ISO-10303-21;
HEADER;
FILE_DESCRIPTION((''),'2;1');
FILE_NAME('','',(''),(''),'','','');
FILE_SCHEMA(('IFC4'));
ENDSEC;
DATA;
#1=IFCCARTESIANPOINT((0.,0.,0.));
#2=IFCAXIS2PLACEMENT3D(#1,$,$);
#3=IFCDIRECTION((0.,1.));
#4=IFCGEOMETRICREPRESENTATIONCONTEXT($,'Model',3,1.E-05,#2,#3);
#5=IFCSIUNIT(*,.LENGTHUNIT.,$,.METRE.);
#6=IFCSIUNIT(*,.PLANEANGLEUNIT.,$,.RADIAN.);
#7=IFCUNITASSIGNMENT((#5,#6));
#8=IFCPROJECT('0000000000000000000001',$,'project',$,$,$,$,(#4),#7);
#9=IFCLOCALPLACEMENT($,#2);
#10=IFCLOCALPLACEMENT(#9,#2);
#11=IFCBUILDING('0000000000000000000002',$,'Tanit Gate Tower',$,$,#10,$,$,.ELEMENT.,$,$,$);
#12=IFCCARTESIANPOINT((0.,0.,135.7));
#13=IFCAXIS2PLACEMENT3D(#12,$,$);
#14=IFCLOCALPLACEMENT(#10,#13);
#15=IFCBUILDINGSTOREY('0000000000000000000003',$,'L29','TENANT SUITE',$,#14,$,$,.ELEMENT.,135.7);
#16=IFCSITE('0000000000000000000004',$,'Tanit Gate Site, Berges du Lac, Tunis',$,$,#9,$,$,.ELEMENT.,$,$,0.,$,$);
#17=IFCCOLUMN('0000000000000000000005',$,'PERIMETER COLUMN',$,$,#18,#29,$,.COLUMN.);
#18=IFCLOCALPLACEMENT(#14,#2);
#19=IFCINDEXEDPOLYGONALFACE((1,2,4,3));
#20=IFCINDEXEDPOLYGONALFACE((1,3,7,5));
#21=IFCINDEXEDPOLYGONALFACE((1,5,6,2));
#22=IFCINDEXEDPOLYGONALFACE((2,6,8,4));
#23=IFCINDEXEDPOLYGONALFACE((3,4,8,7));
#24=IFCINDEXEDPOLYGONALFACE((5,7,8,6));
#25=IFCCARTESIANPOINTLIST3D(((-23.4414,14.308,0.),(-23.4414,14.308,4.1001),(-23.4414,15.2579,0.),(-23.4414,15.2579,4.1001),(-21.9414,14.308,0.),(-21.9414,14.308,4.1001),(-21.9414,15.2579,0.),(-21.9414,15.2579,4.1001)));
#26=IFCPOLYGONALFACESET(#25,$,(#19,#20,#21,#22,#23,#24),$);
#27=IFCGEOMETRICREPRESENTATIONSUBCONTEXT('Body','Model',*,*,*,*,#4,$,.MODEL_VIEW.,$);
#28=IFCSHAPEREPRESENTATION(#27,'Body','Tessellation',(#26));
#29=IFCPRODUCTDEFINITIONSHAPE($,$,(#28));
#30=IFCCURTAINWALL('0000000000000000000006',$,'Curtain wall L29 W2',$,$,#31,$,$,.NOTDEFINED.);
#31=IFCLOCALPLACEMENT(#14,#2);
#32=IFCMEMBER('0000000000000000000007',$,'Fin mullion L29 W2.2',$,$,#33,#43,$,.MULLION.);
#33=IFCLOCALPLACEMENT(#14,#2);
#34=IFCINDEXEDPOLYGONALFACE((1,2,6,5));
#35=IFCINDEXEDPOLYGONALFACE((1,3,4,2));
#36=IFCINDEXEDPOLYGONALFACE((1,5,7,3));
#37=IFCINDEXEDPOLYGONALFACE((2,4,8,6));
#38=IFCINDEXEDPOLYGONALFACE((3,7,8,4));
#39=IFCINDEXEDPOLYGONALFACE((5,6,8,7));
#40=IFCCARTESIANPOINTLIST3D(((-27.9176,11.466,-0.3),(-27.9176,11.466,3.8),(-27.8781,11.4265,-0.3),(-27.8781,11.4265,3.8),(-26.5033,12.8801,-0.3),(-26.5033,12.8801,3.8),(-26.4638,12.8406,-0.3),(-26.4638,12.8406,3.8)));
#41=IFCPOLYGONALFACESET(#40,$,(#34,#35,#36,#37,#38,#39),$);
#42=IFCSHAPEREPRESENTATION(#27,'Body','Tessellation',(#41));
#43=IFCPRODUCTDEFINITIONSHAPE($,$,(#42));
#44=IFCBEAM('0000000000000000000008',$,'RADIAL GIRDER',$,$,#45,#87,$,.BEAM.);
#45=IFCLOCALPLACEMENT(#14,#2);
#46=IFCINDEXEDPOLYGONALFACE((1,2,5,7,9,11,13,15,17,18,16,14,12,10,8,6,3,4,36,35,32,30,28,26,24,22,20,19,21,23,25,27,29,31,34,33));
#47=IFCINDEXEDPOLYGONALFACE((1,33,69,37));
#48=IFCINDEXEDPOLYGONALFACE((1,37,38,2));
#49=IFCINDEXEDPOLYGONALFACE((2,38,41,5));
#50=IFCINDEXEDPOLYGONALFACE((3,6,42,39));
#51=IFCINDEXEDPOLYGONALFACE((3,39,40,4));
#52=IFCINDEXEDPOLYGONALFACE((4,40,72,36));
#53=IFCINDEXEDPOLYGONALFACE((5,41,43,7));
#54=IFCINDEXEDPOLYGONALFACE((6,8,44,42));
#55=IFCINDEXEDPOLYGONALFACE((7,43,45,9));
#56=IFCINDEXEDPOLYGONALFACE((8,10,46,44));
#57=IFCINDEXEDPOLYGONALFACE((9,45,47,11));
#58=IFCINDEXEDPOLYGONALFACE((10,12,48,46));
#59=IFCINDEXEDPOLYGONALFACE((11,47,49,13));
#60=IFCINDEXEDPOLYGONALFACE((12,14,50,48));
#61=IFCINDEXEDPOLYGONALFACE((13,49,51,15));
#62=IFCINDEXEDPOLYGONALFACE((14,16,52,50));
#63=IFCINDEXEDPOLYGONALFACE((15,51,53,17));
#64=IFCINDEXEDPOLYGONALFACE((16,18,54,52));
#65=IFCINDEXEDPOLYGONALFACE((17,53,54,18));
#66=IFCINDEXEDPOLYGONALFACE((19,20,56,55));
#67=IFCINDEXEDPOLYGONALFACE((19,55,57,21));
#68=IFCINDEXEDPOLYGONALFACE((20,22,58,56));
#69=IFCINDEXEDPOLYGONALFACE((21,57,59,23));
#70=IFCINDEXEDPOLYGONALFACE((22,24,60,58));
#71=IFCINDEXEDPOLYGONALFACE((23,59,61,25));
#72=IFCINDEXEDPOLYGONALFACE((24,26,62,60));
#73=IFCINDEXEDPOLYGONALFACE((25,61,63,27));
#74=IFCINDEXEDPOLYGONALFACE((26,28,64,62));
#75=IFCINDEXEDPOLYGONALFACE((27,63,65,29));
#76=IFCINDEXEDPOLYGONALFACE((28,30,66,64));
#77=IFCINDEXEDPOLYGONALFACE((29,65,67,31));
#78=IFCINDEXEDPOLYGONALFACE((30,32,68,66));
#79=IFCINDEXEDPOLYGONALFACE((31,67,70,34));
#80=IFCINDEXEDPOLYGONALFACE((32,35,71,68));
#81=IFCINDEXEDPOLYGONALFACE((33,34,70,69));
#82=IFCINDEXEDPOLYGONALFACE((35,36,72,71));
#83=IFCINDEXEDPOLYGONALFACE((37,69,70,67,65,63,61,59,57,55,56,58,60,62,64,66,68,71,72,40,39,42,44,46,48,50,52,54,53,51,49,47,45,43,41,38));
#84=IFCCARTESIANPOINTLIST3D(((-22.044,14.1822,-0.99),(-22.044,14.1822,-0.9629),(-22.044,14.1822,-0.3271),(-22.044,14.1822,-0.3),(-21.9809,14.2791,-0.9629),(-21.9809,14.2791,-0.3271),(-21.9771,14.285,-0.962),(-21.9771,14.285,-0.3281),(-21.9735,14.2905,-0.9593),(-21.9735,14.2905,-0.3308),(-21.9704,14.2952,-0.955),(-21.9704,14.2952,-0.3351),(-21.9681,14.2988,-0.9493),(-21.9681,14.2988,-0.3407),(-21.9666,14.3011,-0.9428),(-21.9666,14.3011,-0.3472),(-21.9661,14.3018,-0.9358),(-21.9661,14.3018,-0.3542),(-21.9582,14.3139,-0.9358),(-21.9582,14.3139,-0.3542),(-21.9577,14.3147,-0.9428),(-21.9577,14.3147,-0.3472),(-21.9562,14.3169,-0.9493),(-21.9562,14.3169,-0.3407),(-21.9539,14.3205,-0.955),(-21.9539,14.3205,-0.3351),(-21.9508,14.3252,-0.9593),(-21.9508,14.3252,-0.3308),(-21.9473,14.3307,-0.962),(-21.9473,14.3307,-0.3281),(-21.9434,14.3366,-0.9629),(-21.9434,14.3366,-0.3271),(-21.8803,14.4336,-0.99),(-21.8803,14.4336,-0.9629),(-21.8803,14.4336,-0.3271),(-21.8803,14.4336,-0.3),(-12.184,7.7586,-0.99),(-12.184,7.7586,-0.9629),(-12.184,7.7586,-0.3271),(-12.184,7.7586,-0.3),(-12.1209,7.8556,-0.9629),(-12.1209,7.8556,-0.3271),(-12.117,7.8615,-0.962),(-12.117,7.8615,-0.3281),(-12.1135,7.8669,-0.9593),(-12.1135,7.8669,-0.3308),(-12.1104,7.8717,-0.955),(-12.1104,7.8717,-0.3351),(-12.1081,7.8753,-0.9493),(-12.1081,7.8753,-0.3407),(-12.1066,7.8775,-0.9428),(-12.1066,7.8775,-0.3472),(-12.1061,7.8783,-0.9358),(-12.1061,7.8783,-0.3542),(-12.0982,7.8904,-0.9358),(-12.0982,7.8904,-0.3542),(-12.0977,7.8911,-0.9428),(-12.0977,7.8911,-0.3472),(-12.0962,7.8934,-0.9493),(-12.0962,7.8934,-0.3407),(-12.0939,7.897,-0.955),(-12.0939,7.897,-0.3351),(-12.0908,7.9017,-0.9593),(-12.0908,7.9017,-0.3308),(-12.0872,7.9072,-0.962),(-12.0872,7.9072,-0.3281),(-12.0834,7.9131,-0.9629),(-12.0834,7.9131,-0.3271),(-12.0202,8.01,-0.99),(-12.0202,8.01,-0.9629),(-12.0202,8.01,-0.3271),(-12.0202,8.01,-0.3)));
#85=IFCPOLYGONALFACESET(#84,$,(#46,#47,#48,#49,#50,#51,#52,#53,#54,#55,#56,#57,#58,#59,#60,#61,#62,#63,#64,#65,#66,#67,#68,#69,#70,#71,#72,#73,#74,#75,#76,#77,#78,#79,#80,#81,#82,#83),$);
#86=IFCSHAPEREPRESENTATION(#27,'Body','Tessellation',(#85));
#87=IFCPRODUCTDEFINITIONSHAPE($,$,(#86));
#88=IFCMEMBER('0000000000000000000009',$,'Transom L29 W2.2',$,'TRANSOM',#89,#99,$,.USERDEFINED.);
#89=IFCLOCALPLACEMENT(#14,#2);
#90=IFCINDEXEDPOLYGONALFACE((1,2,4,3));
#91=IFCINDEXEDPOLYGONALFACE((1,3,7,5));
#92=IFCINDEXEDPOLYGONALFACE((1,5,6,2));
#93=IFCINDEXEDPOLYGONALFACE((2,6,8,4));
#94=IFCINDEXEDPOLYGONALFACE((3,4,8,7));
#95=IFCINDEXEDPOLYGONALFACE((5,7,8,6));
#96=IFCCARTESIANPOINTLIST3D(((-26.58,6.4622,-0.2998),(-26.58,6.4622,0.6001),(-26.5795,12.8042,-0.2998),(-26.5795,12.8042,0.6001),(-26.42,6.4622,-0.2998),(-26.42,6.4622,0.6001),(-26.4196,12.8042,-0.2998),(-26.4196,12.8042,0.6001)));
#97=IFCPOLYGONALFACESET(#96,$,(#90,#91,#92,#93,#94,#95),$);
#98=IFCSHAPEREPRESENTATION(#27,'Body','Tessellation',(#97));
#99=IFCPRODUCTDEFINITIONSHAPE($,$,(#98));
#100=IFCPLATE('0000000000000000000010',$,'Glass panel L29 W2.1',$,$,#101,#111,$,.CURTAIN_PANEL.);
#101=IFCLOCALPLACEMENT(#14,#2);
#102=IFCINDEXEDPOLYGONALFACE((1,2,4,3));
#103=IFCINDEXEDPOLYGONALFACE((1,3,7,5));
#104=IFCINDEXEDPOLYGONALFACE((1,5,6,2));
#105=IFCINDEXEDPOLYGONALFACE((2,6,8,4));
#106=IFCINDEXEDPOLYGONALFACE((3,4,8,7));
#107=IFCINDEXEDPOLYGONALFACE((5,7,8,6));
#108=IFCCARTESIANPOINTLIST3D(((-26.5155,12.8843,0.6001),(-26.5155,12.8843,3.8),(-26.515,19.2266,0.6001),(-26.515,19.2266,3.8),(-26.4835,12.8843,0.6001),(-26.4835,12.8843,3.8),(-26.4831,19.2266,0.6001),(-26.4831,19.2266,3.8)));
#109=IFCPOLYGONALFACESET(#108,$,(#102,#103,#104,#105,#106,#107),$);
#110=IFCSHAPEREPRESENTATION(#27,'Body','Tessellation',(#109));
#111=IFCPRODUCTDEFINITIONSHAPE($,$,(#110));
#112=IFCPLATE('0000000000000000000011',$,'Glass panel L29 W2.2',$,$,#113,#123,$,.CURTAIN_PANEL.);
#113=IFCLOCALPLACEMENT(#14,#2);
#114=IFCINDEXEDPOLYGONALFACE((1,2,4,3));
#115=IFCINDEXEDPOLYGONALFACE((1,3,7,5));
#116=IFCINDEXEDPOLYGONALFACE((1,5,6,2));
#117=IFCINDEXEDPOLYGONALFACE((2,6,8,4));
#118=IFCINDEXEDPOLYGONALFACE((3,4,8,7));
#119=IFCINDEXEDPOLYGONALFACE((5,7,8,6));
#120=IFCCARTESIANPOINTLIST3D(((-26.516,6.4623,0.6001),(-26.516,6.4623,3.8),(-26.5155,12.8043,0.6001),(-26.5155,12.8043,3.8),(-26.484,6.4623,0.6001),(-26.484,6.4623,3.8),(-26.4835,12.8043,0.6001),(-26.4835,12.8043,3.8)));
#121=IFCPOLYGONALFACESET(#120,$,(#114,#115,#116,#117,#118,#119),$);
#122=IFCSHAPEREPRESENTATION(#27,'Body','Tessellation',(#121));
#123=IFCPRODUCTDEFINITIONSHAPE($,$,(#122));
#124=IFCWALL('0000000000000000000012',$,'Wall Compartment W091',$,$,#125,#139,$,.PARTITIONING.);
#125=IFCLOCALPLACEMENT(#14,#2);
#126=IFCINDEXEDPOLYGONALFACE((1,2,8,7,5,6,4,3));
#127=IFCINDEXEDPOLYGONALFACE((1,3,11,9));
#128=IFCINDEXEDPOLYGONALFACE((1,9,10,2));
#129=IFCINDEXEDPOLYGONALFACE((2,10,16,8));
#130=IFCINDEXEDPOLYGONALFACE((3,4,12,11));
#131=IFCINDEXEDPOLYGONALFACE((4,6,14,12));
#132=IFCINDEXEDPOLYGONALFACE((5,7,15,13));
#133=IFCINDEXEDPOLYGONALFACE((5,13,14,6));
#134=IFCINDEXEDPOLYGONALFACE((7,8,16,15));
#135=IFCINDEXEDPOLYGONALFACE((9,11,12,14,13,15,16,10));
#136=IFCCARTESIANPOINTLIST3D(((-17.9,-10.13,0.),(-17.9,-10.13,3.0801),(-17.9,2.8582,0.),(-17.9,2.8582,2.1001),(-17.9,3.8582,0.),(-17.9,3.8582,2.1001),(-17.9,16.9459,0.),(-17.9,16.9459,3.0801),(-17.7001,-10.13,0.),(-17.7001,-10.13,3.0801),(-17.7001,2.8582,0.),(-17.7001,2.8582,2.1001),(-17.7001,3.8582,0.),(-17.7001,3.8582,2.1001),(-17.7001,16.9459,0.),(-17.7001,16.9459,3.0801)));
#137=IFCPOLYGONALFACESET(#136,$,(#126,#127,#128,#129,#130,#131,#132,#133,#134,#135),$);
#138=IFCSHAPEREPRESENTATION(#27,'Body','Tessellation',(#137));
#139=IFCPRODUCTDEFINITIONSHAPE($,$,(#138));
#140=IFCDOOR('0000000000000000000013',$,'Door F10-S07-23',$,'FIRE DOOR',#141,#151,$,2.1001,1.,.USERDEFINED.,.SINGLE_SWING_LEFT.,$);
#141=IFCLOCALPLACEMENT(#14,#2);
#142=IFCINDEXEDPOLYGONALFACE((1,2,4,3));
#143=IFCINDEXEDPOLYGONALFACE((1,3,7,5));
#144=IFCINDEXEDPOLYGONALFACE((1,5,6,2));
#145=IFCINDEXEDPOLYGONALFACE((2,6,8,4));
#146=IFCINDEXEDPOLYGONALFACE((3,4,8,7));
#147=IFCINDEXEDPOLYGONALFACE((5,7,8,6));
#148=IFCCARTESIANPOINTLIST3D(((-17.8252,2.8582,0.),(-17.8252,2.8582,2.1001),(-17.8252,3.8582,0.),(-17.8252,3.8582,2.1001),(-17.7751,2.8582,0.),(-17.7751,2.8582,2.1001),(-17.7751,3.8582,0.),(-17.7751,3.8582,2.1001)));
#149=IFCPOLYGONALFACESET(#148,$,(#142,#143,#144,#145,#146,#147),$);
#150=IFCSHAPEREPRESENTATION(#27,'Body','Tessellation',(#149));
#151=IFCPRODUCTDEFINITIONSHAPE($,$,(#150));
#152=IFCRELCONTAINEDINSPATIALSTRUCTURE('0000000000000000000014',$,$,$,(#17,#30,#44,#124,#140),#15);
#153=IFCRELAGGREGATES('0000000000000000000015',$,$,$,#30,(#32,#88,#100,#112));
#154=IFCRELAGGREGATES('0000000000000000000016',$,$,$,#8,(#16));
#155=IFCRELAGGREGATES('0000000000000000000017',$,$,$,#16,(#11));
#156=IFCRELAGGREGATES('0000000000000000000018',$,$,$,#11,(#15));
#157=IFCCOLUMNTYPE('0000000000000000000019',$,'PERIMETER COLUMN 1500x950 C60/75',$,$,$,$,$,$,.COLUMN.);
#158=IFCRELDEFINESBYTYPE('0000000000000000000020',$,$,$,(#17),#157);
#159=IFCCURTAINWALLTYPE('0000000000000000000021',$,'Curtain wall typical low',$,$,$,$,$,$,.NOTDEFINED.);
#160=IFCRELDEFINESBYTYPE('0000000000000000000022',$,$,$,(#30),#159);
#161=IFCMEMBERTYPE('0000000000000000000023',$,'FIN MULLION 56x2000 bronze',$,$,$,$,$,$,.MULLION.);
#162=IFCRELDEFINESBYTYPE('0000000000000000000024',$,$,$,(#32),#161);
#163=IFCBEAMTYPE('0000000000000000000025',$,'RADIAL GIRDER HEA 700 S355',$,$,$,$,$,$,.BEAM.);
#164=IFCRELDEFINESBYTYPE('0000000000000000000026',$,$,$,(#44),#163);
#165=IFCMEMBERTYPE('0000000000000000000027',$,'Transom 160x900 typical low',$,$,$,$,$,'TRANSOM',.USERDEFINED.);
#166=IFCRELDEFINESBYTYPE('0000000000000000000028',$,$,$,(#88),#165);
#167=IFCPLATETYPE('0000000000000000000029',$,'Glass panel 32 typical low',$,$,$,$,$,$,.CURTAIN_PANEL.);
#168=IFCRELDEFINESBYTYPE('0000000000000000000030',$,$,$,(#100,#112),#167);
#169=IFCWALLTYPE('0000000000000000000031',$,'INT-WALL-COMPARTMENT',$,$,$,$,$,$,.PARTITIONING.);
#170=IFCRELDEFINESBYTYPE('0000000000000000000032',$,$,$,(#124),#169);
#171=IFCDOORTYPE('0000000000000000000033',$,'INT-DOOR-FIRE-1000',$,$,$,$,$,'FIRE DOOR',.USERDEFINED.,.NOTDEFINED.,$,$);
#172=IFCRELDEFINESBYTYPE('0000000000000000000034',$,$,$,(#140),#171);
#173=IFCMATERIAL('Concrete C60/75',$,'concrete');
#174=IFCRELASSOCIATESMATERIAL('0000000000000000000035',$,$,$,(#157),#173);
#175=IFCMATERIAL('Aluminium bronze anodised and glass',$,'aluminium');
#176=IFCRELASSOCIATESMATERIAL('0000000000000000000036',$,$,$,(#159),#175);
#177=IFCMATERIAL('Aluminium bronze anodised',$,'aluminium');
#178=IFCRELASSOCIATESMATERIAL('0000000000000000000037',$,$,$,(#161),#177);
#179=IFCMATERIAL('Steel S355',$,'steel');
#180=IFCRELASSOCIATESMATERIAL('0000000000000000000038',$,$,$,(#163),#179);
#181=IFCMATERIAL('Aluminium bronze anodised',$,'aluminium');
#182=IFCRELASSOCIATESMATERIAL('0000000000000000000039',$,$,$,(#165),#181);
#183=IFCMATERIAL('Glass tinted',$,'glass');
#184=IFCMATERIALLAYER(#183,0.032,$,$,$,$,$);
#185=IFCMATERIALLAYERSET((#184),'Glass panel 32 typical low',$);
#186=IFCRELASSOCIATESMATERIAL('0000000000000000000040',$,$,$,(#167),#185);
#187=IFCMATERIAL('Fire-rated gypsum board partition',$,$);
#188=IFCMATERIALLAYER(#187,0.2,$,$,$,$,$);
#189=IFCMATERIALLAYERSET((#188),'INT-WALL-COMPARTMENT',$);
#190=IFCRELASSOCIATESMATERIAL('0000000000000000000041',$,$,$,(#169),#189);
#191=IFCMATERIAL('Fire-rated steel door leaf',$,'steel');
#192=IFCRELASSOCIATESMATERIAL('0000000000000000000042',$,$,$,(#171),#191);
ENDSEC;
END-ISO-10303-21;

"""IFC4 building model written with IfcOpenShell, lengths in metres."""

from ifc_helpers import new_model, si_unit, direction, frame, frame_2d, origin, origin_2d, place, context, subcontext, project, spatial, rectangle, i_section, extrude, material, layer, layer_set, material_profile, profile_set, type_object, element, fill, aggregate, save


model = new_model("IFC4")

# Units and contexts
model_context = context("Model", 3, precision=1e-05, world=origin(), true_north=direction((0.0, 1.0)))
body_context = subcontext(model_context, "Body", "Model", "MODEL_VIEW")
ifc_project = project(units=[si_unit("LENGTHUNIT", "METRE"), si_unit("PLANEANGLEUNIT", "RADIAN")], contexts=[model_context])

# Site, building, storey
site_placement = place(None, origin())
site = spatial("IfcSite", under=ifc_project, at=site_placement, Name="Tanit Gate Site, Berges du Lac, Tunis", CompositionType="ELEMENT", RefElevation=0.0)
building_placement = place(site_placement, origin())
building = spatial("IfcBuilding", under=site, at=building_placement, Name="Tanit Gate Tower", CompositionType="ELEMENT")
storey_placement = place(building_placement, frame((0.0, 0.0, 135.7)))
storey = spatial("IfcBuildingStorey", under=building, at=storey_placement, Name="L29", Description="TENANT SUITE", CompositionType="ELEMENT", Elevation=135.7)

# Column
ifc_material_1 = material(Name="Concrete C60/75", Category="concrete")
ifc_material_profile_1 = material_profile(ifc_material_1, rectangle(XDim=1.5, YDim=0.95, at=origin_2d()), Name="RC 1500x950")
ifc_profile_set_1 = profile_set([ifc_material_profile_1], Name="Concrete C60/75")
column_type = type_object("IfcColumnType", Name="PERIMETER COLUMN 1500x950 C60/75", PredefinedType="COLUMN", material=ifc_profile_set_1)
column_placement = place(storey_placement, frame((-22.6914, 14.783, 0.0), z_axis=(0.0, 0.0, 1.0), x_axis=(-1.0, 0.0, 0.0)))
element("IfcColumn", 1, at=column_placement, inside=storey, type_object=column_type, Name="PERIMETER COLUMN", PredefinedType="COLUMN", context=body_context, shape_type="SweptSolid", body=[
    extrude(rectangle(XDim=1.5, YDim=0.95, at=origin_2d()), origin(), (0.0, 0.0, 1.0), 4.1001),
])

# Curtain wall, member
ifc_material_2 = material(Name="Aluminium bronze anodised and glass", Category="aluminium")
curtain_wall_type = type_object("IfcCurtainWallType", Name="Curtain wall typical low", PredefinedType="NOTDEFINED", material=ifc_material_2)
curtain_wall_placement = place(storey_placement, origin())
curtain_wall = element("IfcCurtainWall", 2, at=curtain_wall_placement, inside=storey, type_object=curtain_wall_type, Name="Curtain wall L29 W2", PredefinedType="NOTDEFINED")
ifc_material_3 = material(Name="Aluminium bronze anodised", Category="aluminium")
ifc_material_profile_2 = material_profile(ifc_material_3, rectangle(XDim=2.0, YDim=0.0559, at=origin_2d()), Name="56x2000 bronze fin mullion")
ifc_profile_set_2 = profile_set([ifc_material_profile_2], Name="Aluminium bronze anodised")
member_type_1 = type_object("IfcMemberType", Name="FIN MULLION 56x2000 bronze", PredefinedType="MULLION", material=ifc_profile_set_2)
member_1_placement = place(storey_placement, frame((-27.1907, 12.1533, -0.3), z_axis=(0.0, 0.0, 1.0), x_axis=(0.707156, 0.707058, 0.0)))
member_1 = element("IfcMember", 3, at=member_1_placement, type_object=member_type_1, Name="Fin mullion L29 W2.2", PredefinedType="MULLION", context=body_context, shape_type="SweptSolid", body=[
    extrude(rectangle(XDim=2.0, YDim=0.0559, at=origin_2d()), origin(), (0.0, 0.0, 1.0), 4.1001),
])

# Beam
ifc_material_4 = material(Name="Steel S355", Category="steel")
ifc_material_profile_3 = material_profile(ifc_material_4, i_section(OverallWidth=0.3, OverallDepth=0.6899, WebThickness=0.0144, FlangeThickness=0.0271, FilletRadius=0.0271, at=origin_2d()), Name="HEA 700")
ifc_profile_set_3 = profile_set([ifc_material_profile_3], Name="Steel S355")
beam_type = type_object("IfcBeamType", Name="RADIAL GIRDER HEA 700 S355", PredefinedType="BEAM", material=ifc_profile_set_3)
beam_placement = place(storey_placement, frame((-21.9622, 14.3079, -0.645), z_axis=(0.83788, -0.545855, 0.0), x_axis=(0.545855, 0.83788, 0.0)))
element("IfcBeam", 4, at=beam_placement, inside=storey, type_object=beam_type, Name="RADIAL GIRDER", PredefinedType="BEAM", context=body_context, shape_type="SweptSolid", body=[
    extrude(i_section(OverallWidth=0.3, OverallDepth=0.6899, WebThickness=0.0144, FlangeThickness=0.0271, FilletRadius=0.0271, at=origin_2d()), origin(), (0.0, 0.0, 1.0), 11.7678),
])

# Member
ifc_material_5 = material(Name="Aluminium bronze anodised", Category="aluminium")
ifc_material_profile_4 = material_profile(ifc_material_5, rectangle(XDim=0.1599, YDim=0.8999, at=origin_2d()), Name="160x900 bronze transom")
ifc_profile_set_4 = profile_set([ifc_material_profile_4], Name="Aluminium bronze anodised")
member_type_2 = type_object("IfcMemberType", Name="Transom 160x900 typical low", ElementType="TRANSOM", PredefinedType="USERDEFINED", material=ifc_profile_set_4)
member_2_placement = place(storey_placement, frame((-26.4995, 12.8042, 0.1501), z_axis=(-0.000077, -1.0, 0.0), x_axis=(1.0, -0.000077, 0.0)))
member_2 = element("IfcMember", 5, at=member_2_placement, type_object=member_type_2, Name="Transom L29 W2.2", ObjectType="TRANSOM", PredefinedType="USERDEFINED", context=body_context, shape_type="SweptSolid", body=[
    extrude(rectangle(XDim=0.1599, YDim=0.8999, at=origin_2d()), origin(), (0.0, 0.0, 1.0), 6.342),
])

# Plates
ifc_material_6 = material(Name="Glass tinted", Category="glass")
ifc_layer_1 = layer(ifc_material_6, 0.032)
ifc_layer_set_1 = layer_set([ifc_layer_1], Name="Glass panel 32 typical low")
plate_type = type_object("IfcPlateType", Name="Glass panel 32 typical low", PredefinedType="CURTAIN_PANEL", material=ifc_layer_set_1)
plate_1_placement = place(storey_placement, frame((-26.4993, 16.0554, 0.6001), z_axis=(0.0, 0.0, 1.0), x_axis=(-0.000069, -1.0, 0.0)))
plate_1 = element("IfcPlate", 6, at=plate_1_placement, type_object=plate_type, Name="Glass panel L29 W2.1", PredefinedType="CURTAIN_PANEL", context=body_context, shape_type="SweptSolid", body=[
    extrude(rectangle(XDim=6.3423, YDim=0.032, at=origin_2d()), origin(), (0.0, 0.0, 1.0), 3.2),
])
plate_2_placement = place(storey_placement, frame((-26.4998, 9.6333, 0.6001), z_axis=(0.0, 0.0, 1.0), x_axis=(-0.000069, -1.0, 0.0)))
plate_2 = element("IfcPlate", 7, at=plate_2_placement, type_object=plate_type, Name="Glass panel L29 W2.2", PredefinedType="CURTAIN_PANEL", context=body_context, shape_type="SweptSolid", body=[
    extrude(rectangle(XDim=6.342, YDim=0.032, at=origin_2d()), origin(), (0.0, 0.0, 1.0), 3.2),
])
aggregate(curtain_wall, [member_1, member_2, plate_1, plate_2])

# Wall, opening, door
ifc_material_7 = material(Name="Fire-rated gypsum board partition")
ifc_layer_2 = layer(ifc_material_7, 0.2)
ifc_layer_set_2 = layer_set([ifc_layer_2], Name="INT-WALL-COMPARTMENT")
wall_type_1 = type_object("IfcWallType", Name="INT-WALL-COMPARTMENT", PredefinedType="PARTITIONING", material=ifc_layer_set_2)
wall_1_placement = place(storey_placement, frame((-17.8, 16.946, 0.0), z_axis=(0.0, 0.0, 1.0), x_axis=(0.0, -1.0, 0.0)))
wall_1 = element("IfcWall", 8, at=wall_1_placement, inside=storey, type_object=wall_type_1, Name="Wall Compartment W091", PredefinedType="PARTITIONING", context=body_context, shape_type="SweptSolid", body=[
    extrude(rectangle(XDim=27.0759, YDim=0.2, at=frame_2d((13.5381, 0.0))), origin(), (0.0, 0.0, 1.0), 3.0801),
])
opening_1_placement = place(wall_1_placement, frame((13.0879, 0.0, 0.0)))
opening_1 = element("IfcOpeningElement", 9, at=opening_1_placement, cuts=wall_1, PredefinedType="OPENING", context=body_context, shape_type="SweptSolid", body=[
    extrude(rectangle(XDim=1.0, YDim=2.1001, at=frame_2d((0.5, 1.05))), frame((0.0, 0.1099, 0.0), z_axis=(0.0, -1.0, 0.0), x_axis=(1.0, 0.0, 0.0)), (0.0, 0.0, 1.0), 0.22),
])
ifc_material_8 = material(Name="Fire-rated steel door leaf", Category="steel")
door_type_1 = type_object("IfcDoorType", Name="INT-DOOR-FIRE-1000", ElementType="FIRE DOOR", OperationType="NOTDEFINED", PredefinedType="USERDEFINED", material=ifc_material_8)
door_1_placement = place(opening_1_placement, origin())
door_1 = element("IfcDoor", 10, at=door_1_placement, inside=storey, type_object=door_type_1, Name="Door F10-S07-23", ObjectType="FIRE DOOR", OperationType="SINGLE_SWING_LEFT", OverallHeight=2.1001, OverallWidth=1.0, PredefinedType="USERDEFINED", context=body_context, shape_type="SweptSolid", body=[
    extrude(rectangle(XDim=1.0, YDim=2.1001, at=frame_2d((0.5, 1.05))), frame((0.0, 0.0249, 0.0), z_axis=(0.0, -1.0, 0.0), x_axis=(1.0, 0.0, 0.0)), (0.0, 0.0, 1.0), 0.05),
])
fill(opening_1, door_1)

save(model, "model.ifc")
